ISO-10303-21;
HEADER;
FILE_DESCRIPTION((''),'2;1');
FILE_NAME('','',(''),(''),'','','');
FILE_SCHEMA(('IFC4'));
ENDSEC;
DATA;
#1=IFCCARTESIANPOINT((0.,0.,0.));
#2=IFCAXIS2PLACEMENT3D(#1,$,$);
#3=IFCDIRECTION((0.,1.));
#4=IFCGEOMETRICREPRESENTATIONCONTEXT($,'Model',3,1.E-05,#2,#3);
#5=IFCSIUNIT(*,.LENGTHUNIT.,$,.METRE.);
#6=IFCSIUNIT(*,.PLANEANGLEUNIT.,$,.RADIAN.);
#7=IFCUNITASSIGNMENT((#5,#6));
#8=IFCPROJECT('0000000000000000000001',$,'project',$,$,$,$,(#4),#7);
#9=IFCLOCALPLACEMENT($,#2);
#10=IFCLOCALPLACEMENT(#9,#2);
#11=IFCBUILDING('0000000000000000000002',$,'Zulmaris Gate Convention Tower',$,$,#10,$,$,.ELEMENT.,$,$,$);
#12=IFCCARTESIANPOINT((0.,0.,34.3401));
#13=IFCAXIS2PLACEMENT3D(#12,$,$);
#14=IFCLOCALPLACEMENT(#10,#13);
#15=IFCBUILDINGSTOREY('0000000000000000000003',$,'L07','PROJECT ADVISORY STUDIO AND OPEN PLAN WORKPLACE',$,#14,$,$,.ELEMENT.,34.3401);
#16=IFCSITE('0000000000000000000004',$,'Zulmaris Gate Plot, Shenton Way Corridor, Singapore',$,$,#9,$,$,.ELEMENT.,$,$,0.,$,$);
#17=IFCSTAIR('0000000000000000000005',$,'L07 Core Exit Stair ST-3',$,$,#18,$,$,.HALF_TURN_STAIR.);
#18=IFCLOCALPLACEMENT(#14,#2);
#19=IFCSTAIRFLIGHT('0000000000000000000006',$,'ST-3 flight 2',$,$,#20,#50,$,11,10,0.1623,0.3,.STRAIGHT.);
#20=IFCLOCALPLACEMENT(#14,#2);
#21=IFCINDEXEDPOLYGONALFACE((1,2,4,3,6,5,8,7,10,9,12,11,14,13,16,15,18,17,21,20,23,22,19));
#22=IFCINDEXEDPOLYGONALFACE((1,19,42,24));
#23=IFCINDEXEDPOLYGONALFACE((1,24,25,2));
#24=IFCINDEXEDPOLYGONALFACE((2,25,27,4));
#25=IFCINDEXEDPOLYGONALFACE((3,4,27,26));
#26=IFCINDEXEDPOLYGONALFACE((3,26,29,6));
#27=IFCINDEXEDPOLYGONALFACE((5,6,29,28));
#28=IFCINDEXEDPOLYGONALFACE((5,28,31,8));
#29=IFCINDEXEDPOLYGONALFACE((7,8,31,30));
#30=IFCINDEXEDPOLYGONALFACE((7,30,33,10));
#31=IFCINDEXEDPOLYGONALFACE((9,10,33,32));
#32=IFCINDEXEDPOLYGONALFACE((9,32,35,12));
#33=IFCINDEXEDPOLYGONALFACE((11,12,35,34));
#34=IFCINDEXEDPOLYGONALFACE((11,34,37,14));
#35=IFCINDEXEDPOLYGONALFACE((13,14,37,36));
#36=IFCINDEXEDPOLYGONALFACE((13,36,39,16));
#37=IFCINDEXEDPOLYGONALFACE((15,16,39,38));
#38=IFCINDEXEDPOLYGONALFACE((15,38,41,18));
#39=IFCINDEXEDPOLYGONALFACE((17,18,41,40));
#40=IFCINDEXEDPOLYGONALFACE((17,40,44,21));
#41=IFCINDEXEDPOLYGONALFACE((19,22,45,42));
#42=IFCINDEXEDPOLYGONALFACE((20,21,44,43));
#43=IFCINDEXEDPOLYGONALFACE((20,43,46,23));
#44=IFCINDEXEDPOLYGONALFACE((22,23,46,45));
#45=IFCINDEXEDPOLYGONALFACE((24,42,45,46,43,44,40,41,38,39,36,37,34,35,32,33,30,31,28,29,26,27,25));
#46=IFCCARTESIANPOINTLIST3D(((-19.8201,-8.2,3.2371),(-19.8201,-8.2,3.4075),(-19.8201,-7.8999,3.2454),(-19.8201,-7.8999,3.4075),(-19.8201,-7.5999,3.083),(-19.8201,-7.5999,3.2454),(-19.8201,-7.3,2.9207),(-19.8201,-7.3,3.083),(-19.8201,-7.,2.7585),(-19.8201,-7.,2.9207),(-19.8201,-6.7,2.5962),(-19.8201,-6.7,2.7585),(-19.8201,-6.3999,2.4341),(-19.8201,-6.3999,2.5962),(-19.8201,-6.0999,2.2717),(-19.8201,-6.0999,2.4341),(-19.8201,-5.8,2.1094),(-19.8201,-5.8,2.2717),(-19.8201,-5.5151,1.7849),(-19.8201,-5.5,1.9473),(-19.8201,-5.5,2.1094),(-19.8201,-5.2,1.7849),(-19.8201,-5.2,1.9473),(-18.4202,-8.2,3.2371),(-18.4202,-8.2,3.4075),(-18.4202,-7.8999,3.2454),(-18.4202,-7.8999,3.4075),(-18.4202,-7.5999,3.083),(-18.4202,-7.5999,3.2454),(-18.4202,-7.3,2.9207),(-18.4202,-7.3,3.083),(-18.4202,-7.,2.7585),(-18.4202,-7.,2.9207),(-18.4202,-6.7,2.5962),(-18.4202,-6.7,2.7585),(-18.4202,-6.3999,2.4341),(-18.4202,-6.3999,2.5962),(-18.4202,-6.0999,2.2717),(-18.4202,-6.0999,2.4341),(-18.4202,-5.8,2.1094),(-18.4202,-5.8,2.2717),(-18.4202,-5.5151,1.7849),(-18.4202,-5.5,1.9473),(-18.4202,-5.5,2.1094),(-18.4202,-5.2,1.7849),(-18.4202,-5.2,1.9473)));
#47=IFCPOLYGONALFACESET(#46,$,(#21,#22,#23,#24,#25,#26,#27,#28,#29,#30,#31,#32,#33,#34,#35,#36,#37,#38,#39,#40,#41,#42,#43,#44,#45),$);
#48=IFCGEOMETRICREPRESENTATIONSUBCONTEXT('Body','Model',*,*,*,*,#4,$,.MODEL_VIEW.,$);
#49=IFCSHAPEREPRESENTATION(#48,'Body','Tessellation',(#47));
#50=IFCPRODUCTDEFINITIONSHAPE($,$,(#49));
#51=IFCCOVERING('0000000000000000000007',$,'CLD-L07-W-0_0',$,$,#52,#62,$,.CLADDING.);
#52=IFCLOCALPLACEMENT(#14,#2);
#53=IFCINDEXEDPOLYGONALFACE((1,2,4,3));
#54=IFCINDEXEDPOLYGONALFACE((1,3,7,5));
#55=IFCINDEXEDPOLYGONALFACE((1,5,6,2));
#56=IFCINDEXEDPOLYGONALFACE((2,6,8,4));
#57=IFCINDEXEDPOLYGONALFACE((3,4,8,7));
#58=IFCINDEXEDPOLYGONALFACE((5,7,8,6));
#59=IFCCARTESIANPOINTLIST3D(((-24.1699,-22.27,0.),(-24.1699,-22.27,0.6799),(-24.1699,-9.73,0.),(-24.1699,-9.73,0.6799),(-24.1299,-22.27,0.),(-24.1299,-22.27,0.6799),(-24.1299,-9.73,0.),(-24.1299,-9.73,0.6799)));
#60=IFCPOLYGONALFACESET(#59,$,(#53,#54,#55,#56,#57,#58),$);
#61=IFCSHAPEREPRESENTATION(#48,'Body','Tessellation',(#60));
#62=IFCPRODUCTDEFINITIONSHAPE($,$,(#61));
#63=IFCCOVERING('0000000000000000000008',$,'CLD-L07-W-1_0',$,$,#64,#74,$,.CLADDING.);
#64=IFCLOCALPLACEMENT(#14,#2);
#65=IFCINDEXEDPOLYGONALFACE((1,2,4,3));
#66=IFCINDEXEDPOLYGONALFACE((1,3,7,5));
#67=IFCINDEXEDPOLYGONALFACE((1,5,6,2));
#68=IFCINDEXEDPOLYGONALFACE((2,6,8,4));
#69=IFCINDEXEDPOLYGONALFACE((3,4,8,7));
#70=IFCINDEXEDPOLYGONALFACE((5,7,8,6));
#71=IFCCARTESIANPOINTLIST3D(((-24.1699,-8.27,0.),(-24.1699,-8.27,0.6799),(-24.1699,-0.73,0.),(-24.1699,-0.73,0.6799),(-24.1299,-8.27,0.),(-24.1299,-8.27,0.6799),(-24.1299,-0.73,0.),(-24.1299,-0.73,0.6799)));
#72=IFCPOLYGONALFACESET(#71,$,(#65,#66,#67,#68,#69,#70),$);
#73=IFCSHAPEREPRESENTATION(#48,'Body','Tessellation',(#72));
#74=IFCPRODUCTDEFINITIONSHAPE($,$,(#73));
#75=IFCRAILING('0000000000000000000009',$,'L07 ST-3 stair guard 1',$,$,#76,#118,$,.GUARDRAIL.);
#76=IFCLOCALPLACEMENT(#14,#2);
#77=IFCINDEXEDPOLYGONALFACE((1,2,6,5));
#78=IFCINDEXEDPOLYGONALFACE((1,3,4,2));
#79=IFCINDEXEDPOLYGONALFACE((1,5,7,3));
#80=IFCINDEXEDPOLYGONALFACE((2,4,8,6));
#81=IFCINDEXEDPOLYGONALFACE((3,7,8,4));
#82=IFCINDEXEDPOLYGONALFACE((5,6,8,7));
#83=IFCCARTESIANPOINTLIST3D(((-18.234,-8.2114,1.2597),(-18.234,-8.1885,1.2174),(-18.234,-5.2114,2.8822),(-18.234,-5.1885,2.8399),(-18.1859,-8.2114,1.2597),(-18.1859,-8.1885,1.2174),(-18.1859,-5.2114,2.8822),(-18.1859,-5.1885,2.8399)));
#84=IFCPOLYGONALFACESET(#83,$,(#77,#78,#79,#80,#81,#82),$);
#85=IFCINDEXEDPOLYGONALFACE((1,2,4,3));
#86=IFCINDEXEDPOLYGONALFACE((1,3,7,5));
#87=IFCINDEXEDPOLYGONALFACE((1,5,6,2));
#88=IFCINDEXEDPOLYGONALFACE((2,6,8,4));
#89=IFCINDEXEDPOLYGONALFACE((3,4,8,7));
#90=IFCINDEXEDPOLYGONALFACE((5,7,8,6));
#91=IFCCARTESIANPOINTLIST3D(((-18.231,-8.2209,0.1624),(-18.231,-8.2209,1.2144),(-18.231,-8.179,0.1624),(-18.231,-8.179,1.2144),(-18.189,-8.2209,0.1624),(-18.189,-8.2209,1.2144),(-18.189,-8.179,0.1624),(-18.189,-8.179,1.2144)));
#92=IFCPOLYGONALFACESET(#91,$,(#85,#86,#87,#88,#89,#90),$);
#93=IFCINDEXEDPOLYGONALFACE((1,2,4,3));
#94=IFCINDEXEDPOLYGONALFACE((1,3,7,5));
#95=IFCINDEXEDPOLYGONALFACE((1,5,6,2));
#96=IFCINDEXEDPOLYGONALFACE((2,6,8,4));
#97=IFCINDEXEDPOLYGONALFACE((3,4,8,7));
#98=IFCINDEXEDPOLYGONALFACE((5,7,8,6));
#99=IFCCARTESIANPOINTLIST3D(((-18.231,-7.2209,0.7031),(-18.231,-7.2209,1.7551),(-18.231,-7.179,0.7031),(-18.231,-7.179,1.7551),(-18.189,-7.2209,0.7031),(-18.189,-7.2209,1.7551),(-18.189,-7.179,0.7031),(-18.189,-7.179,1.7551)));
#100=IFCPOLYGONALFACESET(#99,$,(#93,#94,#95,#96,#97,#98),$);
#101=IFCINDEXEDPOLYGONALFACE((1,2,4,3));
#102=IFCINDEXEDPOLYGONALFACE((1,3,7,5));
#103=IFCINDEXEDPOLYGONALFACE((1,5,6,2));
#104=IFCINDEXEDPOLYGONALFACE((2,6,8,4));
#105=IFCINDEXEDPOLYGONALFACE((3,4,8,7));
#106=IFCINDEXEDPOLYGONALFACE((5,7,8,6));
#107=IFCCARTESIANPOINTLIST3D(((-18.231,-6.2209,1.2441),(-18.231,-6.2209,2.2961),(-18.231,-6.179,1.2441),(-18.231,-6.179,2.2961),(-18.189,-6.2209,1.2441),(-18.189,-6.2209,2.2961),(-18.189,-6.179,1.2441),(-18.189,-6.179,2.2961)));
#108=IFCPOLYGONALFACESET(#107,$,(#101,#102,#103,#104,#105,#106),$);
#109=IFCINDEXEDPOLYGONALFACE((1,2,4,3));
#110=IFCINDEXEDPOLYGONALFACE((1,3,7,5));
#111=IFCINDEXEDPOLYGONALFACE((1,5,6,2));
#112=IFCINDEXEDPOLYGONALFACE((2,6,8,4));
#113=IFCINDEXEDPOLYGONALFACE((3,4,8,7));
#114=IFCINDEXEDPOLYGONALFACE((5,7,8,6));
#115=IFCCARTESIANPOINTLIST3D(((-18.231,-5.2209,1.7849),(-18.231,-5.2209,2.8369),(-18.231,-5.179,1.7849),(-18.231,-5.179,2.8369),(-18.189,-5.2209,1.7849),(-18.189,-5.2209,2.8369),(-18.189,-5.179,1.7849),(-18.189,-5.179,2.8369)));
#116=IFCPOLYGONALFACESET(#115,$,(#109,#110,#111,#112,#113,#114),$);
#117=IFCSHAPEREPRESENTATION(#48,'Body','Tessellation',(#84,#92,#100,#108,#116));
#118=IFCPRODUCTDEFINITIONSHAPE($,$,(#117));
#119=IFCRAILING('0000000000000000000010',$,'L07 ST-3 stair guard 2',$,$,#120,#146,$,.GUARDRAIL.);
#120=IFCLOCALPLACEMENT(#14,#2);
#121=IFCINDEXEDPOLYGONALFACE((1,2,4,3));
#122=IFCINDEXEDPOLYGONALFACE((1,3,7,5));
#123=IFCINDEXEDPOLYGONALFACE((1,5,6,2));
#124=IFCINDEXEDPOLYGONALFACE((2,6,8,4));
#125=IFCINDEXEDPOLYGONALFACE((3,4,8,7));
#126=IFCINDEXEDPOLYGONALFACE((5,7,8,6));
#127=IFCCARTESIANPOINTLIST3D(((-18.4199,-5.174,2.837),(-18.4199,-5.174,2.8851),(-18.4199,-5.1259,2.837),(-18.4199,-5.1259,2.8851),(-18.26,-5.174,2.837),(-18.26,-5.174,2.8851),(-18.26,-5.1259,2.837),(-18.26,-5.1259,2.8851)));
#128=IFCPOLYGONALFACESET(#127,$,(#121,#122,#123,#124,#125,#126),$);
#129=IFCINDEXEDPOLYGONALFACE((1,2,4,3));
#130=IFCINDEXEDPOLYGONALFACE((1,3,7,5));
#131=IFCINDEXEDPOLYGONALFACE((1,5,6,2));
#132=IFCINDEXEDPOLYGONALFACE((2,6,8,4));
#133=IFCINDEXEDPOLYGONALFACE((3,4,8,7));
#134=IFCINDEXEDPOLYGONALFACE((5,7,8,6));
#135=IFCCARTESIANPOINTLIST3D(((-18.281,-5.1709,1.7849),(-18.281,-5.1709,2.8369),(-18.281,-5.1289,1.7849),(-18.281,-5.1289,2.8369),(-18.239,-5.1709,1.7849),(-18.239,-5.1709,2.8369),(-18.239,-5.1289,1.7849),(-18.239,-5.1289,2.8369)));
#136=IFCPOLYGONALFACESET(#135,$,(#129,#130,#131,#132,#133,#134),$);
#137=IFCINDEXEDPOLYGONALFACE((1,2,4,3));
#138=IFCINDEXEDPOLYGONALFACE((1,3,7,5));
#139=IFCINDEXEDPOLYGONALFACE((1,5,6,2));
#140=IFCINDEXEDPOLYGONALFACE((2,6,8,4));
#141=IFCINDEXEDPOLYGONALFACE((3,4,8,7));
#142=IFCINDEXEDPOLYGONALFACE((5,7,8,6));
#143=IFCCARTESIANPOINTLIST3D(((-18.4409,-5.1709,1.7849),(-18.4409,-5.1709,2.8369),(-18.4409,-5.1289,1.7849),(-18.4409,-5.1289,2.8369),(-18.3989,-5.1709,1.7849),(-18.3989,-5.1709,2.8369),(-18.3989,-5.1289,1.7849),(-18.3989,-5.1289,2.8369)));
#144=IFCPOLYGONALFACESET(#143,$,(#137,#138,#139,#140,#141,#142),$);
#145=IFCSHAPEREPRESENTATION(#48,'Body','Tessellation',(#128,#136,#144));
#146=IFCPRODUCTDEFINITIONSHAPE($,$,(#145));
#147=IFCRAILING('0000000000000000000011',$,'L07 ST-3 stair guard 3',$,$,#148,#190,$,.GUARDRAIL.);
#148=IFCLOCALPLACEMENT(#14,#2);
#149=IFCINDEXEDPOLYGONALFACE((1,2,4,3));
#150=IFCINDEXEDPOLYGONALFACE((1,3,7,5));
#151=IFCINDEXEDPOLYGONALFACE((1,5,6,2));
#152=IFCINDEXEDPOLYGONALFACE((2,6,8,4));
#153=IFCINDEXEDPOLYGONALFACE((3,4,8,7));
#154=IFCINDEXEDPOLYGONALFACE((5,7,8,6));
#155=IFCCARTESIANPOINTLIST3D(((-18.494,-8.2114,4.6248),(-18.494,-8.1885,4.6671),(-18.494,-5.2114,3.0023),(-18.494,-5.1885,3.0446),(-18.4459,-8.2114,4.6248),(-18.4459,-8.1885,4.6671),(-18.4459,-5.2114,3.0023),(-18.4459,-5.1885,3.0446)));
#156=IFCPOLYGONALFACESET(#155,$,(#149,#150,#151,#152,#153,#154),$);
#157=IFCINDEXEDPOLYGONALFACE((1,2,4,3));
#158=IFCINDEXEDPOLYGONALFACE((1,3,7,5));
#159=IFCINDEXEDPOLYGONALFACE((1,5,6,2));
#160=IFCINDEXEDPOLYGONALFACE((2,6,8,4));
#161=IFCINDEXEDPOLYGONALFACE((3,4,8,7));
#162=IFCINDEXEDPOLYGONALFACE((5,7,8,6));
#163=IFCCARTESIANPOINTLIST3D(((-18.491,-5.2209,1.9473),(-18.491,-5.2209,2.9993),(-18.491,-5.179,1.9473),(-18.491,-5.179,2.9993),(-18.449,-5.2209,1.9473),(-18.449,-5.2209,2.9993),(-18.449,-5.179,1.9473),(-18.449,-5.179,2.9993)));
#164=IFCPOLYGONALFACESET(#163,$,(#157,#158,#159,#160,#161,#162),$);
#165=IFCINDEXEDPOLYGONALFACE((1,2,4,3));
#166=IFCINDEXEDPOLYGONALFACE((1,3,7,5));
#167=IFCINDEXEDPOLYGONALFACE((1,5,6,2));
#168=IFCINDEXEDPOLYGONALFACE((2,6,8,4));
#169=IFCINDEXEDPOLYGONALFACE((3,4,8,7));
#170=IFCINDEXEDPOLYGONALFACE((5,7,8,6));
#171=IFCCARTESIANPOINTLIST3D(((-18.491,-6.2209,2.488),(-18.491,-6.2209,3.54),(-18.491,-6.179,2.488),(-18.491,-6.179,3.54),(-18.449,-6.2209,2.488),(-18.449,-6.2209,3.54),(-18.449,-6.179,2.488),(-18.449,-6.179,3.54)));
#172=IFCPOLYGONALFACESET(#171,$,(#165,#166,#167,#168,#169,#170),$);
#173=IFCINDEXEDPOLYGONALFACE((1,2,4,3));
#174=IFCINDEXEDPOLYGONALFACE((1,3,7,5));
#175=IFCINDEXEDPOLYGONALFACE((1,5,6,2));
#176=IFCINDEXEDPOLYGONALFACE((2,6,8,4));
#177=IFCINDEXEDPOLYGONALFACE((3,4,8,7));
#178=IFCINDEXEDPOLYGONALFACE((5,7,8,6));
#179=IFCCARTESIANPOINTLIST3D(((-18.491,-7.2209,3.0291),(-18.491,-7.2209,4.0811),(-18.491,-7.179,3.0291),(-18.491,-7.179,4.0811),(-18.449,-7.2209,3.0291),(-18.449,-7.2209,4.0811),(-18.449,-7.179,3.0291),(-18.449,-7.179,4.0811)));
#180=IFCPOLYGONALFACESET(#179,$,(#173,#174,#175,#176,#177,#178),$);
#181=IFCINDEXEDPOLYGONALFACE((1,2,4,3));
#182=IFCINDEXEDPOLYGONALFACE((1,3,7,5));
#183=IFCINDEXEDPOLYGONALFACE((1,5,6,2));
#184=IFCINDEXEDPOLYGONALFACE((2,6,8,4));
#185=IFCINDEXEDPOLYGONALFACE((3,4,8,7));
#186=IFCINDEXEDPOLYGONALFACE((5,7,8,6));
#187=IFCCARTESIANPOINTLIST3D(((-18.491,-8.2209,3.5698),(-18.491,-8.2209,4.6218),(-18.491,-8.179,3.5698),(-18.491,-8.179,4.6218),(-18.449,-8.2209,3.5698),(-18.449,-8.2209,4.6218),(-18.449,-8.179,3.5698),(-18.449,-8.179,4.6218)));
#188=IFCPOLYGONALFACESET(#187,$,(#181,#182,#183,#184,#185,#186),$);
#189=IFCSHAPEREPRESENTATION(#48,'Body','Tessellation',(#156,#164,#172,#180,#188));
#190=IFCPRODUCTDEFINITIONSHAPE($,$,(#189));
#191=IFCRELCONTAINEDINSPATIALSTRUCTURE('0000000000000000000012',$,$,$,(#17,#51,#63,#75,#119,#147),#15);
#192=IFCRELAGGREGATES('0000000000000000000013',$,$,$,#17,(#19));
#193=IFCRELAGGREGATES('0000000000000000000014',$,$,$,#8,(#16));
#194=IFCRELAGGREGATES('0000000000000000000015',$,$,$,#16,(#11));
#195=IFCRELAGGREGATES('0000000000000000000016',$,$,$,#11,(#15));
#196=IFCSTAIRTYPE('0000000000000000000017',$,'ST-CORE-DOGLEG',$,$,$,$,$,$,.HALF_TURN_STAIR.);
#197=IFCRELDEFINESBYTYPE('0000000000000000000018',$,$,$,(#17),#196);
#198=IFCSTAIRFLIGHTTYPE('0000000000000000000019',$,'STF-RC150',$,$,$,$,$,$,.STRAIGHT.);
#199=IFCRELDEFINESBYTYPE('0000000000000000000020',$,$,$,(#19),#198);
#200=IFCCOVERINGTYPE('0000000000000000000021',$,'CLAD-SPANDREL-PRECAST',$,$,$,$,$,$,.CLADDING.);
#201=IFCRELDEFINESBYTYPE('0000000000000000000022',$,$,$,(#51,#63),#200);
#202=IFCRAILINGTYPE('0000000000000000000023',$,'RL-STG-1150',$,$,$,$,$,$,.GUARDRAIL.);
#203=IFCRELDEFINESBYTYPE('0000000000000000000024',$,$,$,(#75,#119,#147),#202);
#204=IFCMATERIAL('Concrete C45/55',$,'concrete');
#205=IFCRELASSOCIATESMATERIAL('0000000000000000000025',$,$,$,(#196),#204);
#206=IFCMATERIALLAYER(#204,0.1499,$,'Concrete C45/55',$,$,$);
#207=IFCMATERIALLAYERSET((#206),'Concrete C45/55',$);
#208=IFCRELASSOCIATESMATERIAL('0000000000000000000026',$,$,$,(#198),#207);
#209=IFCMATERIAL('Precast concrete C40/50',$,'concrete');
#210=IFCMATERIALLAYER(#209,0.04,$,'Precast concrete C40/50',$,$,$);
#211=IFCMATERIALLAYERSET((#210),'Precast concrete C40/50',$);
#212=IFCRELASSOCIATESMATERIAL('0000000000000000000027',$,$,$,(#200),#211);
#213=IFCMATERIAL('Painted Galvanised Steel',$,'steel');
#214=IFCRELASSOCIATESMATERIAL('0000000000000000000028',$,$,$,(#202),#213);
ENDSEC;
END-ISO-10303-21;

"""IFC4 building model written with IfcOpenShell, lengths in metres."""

from ifc_helpers import new_model, si_unit, direction, frame, frame_2d, origin, origin_2d, place, context, subcontext, project, spatial, polyline, rectangle, outline, extrude, material, layer, layer_set, type_object, element, aggregate, save


model = new_model("IFC4")

# Units and contexts
model_context = context("Model", 3, precision=1e-05, world=origin(), true_north=direction((0.0, 1.0)))
body_context = subcontext(model_context, "Body", "Model", "MODEL_VIEW")
ifc_project = project(units=[si_unit("LENGTHUNIT", "METRE"), si_unit("PLANEANGLEUNIT", "RADIAN")], contexts=[model_context])

# Site, building, storey
site_placement = place(None, origin())
site = spatial("IfcSite", under=ifc_project, at=site_placement, Name="Zulmaris Gate Plot, Shenton Way Corridor, Singapore", CompositionType="ELEMENT", RefElevation=0.0)
building_placement = place(site_placement, origin())
building = spatial("IfcBuilding", under=site, at=building_placement, Name="Zulmaris Gate Convention Tower", CompositionType="ELEMENT")
storey_placement = place(building_placement, frame((0.0, 0.0, 34.3401)))
storey = spatial("IfcBuildingStorey", under=building, at=storey_placement, Name="L07", Description="PROJECT ADVISORY STUDIO AND OPEN PLAN WORKPLACE", CompositionType="ELEMENT", Elevation=34.3401)

# Shared definitions
ifc_material_1 = material(Name="Precast concrete C40/50", Category="concrete")

# Stair, stair flight
ifc_material_2 = material(Name="Concrete C45/55", Category="concrete")
stair_type = type_object("IfcStairType", Name="ST-CORE-DOGLEG", PredefinedType="HALF_TURN_STAIR", material=ifc_material_2)
stair_placement = place(storey_placement, origin())
stair = element("IfcStair", 1, at=stair_placement, inside=storey, type_object=stair_type, Name="L07 Core Exit Stair ST-3", PredefinedType="HALF_TURN_STAIR")
ifc_layer_1 = layer(ifc_material_2, 0.1499, Name="Concrete C45/55")
ifc_layer_set_1 = layer_set([ifc_layer_1], Name="Concrete C45/55")
stair_flight_type = type_object("IfcStairFlightType", Name="STF-RC150", PredefinedType="STRAIGHT", material=ifc_layer_set_1)
stair_flight_1_placement = place(storey_placement, frame((-19.1201, -5.2, 1.7849), z_axis=(0.0, 0.0, 1.0), x_axis=(0.0, -1.0, 0.0)))
stair_flight_1 = element("IfcStairFlight", 2, at=stair_flight_1_placement, type_object=stair_flight_type, Name="ST-3 flight 2", NumberOfRisers=11, NumberOfTreads=10, PredefinedType="STRAIGHT", RiserHeight=0.1623, TreadLength=0.3, context=body_context, shape_type="SweptSolid", body=[
    extrude(outline(polyline([(0.0, 0.0), (0.0, 0.1624), (0.3, 0.1624), (0.3, 0.3245), (0.6001, 0.3245), (0.6001, 0.4868), (0.8999, 0.4868), (0.8999, 0.6492), (1.2, 0.6492), (1.2, 0.8113), (1.5, 0.8113), (1.5, 0.9736), (1.8, 0.9736), (1.8, 1.1357), (2.1001, 1.1357), (2.1001, 1.2981), (2.3999, 1.2981), (2.3999, 1.4604), (2.7, 1.4604), (2.7, 1.6226), (3.0, 1.6226), (3.0, 1.7849), (3.0, 1.4521), (0.3152, 0.0), (0.0, 0.0)])), frame((0.0, 0.7, 0.0), z_axis=(0.0, -1.0, 0.0), x_axis=(1.0, 0.0, 0.0)), (0.0, 0.0, 1.0), 1.3999),
])
aggregate(stair, [stair_flight_1])

# Coverings
ifc_layer_2 = layer(ifc_material_1, 0.04, Name="Precast concrete C40/50")
ifc_layer_set_2 = layer_set([ifc_layer_2], Name="Precast concrete C40/50")
covering_type = type_object("IfcCoveringType", Name="CLAD-SPANDREL-PRECAST", PredefinedType="CLADDING", material=ifc_layer_set_2)
covering_1_placement = place(storey_placement, frame((-24.1499, -9.73, 0.0), z_axis=(0.0, 0.0, 1.0), x_axis=(0.0, -1.0, 0.0)))
element("IfcCovering", 3, at=covering_1_placement, inside=storey, type_object=covering_type, Name="CLD-L07-W-0_0", PredefinedType="CLADDING", context=body_context, shape_type="SweptSolid", body=[
    extrude(rectangle(XDim=12.54, YDim=0.04, at=frame_2d((6.27, 0.0))), origin(), (0.0, 0.0, 1.0), 0.6799),
])
covering_2_placement = place(storey_placement, frame((-24.1499, -0.73, 0.0), z_axis=(0.0, 0.0, 1.0), x_axis=(0.0, -1.0, 0.0)))
element("IfcCovering", 4, at=covering_2_placement, inside=storey, type_object=covering_type, Name="CLD-L07-W-1_0", PredefinedType="CLADDING", context=body_context, shape_type="SweptSolid", body=[
    extrude(rectangle(XDim=7.54, YDim=0.04, at=frame_2d((3.77, 0.0))), origin(), (0.0, 0.0, 1.0), 0.6799),
])

# Railings
ifc_material_3 = material(Name="Painted Galvanised Steel", Category="steel")
railing_type_1 = type_object("IfcRailingType", Name="RL-STG-1150", PredefinedType="GUARDRAIL", material=ifc_material_3)
railing_1_placement = place(storey_placement, frame((-18.21, -8.2, 0.1624)))
element("IfcRailing", 5, at=railing_1_placement, inside=storey, type_object=railing_type_1, Name="L07 ST-3 stair guard 1", PredefinedType="GUARDRAIL", context=body_context, shape_type="SweptSolid", body=[
    extrude(rectangle(XDim=0.0481, YDim=0.0481, at=origin_2d()), frame((0.0, 0.0, 1.0762), z_axis=(0.0, 0.879592, 0.47573), x_axis=(-1.0, 0.0, 0.0)), (0.0, 0.0, 1.0), 3.4106),
    extrude(rectangle(XDim=0.042, YDim=0.042, at=origin_2d()), origin(), (0.0, 0.0, 1.0), 1.052),
    extrude(rectangle(XDim=0.042, YDim=0.042, at=origin_2d()), frame((0.0, 1.0, 0.5408)), (0.0, 0.0, 1.0), 1.052),
    extrude(rectangle(XDim=0.042, YDim=0.042, at=origin_2d()), frame((0.0, 2.0, 1.0818)), (0.0, 0.0, 1.0), 1.052),
    extrude(rectangle(XDim=0.042, YDim=0.042, at=origin_2d()), frame((0.0, 3.0, 1.6226)), (0.0, 0.0, 1.0), 1.052),
])
railing_2_placement = place(storey_placement, frame((-18.26, -5.1499, 1.7849)))
element("IfcRailing", 6, at=railing_2_placement, inside=storey, type_object=railing_type_1, Name="L07 ST-3 stair guard 2", PredefinedType="GUARDRAIL", context=body_context, shape_type="SweptSolid", body=[
    extrude(rectangle(XDim=0.0481, YDim=0.0481, at=origin_2d()), frame((0.0, 0.0, 1.0762), z_axis=(-1.0, 0.0, 0.0), x_axis=(0.0, -1.0, 0.0)), (0.0, 0.0, 1.0), 0.1599),
    extrude(rectangle(XDim=0.042, YDim=0.042, at=origin_2d()), origin(), (0.0, 0.0, 1.0), 1.052),
    extrude(rectangle(XDim=0.042, YDim=0.042, at=origin_2d()), frame((-0.1599, 0.0, 0.0)), (0.0, 0.0, 1.0), 1.052),
])
railing_3_placement = place(storey_placement, frame((-18.47, -5.2, 1.9473)))
element("IfcRailing", 7, at=railing_3_placement, inside=storey, type_object=railing_type_1, Name="L07 ST-3 stair guard 3", PredefinedType="GUARDRAIL", context=body_context, shape_type="SweptSolid", body=[
    extrude(rectangle(XDim=0.0481, YDim=0.0481, at=origin_2d()), frame((0.0, 0.0, 1.0762), z_axis=(0.0, -0.879592, 0.47573), x_axis=(1.0, 0.0, 0.0)), (0.0, 0.0, 1.0), 3.4106),
    extrude(rectangle(XDim=0.042, YDim=0.042, at=origin_2d()), origin(), (0.0, 0.0, 1.0), 1.052),
    extrude(rectangle(XDim=0.042, YDim=0.042, at=origin_2d()), frame((0.0, -1.0, 0.5408)), (0.0, 0.0, 1.0), 1.052),
    extrude(rectangle(XDim=0.042, YDim=0.042, at=origin_2d()), frame((0.0, -2.0, 1.0818)), (0.0, 0.0, 1.0), 1.052),
    extrude(rectangle(XDim=0.042, YDim=0.042, at=origin_2d()), frame((0.0, -3.0, 1.6226)), (0.0, 0.0, 1.0), 1.052),
])

save(model, "model.ifc")
